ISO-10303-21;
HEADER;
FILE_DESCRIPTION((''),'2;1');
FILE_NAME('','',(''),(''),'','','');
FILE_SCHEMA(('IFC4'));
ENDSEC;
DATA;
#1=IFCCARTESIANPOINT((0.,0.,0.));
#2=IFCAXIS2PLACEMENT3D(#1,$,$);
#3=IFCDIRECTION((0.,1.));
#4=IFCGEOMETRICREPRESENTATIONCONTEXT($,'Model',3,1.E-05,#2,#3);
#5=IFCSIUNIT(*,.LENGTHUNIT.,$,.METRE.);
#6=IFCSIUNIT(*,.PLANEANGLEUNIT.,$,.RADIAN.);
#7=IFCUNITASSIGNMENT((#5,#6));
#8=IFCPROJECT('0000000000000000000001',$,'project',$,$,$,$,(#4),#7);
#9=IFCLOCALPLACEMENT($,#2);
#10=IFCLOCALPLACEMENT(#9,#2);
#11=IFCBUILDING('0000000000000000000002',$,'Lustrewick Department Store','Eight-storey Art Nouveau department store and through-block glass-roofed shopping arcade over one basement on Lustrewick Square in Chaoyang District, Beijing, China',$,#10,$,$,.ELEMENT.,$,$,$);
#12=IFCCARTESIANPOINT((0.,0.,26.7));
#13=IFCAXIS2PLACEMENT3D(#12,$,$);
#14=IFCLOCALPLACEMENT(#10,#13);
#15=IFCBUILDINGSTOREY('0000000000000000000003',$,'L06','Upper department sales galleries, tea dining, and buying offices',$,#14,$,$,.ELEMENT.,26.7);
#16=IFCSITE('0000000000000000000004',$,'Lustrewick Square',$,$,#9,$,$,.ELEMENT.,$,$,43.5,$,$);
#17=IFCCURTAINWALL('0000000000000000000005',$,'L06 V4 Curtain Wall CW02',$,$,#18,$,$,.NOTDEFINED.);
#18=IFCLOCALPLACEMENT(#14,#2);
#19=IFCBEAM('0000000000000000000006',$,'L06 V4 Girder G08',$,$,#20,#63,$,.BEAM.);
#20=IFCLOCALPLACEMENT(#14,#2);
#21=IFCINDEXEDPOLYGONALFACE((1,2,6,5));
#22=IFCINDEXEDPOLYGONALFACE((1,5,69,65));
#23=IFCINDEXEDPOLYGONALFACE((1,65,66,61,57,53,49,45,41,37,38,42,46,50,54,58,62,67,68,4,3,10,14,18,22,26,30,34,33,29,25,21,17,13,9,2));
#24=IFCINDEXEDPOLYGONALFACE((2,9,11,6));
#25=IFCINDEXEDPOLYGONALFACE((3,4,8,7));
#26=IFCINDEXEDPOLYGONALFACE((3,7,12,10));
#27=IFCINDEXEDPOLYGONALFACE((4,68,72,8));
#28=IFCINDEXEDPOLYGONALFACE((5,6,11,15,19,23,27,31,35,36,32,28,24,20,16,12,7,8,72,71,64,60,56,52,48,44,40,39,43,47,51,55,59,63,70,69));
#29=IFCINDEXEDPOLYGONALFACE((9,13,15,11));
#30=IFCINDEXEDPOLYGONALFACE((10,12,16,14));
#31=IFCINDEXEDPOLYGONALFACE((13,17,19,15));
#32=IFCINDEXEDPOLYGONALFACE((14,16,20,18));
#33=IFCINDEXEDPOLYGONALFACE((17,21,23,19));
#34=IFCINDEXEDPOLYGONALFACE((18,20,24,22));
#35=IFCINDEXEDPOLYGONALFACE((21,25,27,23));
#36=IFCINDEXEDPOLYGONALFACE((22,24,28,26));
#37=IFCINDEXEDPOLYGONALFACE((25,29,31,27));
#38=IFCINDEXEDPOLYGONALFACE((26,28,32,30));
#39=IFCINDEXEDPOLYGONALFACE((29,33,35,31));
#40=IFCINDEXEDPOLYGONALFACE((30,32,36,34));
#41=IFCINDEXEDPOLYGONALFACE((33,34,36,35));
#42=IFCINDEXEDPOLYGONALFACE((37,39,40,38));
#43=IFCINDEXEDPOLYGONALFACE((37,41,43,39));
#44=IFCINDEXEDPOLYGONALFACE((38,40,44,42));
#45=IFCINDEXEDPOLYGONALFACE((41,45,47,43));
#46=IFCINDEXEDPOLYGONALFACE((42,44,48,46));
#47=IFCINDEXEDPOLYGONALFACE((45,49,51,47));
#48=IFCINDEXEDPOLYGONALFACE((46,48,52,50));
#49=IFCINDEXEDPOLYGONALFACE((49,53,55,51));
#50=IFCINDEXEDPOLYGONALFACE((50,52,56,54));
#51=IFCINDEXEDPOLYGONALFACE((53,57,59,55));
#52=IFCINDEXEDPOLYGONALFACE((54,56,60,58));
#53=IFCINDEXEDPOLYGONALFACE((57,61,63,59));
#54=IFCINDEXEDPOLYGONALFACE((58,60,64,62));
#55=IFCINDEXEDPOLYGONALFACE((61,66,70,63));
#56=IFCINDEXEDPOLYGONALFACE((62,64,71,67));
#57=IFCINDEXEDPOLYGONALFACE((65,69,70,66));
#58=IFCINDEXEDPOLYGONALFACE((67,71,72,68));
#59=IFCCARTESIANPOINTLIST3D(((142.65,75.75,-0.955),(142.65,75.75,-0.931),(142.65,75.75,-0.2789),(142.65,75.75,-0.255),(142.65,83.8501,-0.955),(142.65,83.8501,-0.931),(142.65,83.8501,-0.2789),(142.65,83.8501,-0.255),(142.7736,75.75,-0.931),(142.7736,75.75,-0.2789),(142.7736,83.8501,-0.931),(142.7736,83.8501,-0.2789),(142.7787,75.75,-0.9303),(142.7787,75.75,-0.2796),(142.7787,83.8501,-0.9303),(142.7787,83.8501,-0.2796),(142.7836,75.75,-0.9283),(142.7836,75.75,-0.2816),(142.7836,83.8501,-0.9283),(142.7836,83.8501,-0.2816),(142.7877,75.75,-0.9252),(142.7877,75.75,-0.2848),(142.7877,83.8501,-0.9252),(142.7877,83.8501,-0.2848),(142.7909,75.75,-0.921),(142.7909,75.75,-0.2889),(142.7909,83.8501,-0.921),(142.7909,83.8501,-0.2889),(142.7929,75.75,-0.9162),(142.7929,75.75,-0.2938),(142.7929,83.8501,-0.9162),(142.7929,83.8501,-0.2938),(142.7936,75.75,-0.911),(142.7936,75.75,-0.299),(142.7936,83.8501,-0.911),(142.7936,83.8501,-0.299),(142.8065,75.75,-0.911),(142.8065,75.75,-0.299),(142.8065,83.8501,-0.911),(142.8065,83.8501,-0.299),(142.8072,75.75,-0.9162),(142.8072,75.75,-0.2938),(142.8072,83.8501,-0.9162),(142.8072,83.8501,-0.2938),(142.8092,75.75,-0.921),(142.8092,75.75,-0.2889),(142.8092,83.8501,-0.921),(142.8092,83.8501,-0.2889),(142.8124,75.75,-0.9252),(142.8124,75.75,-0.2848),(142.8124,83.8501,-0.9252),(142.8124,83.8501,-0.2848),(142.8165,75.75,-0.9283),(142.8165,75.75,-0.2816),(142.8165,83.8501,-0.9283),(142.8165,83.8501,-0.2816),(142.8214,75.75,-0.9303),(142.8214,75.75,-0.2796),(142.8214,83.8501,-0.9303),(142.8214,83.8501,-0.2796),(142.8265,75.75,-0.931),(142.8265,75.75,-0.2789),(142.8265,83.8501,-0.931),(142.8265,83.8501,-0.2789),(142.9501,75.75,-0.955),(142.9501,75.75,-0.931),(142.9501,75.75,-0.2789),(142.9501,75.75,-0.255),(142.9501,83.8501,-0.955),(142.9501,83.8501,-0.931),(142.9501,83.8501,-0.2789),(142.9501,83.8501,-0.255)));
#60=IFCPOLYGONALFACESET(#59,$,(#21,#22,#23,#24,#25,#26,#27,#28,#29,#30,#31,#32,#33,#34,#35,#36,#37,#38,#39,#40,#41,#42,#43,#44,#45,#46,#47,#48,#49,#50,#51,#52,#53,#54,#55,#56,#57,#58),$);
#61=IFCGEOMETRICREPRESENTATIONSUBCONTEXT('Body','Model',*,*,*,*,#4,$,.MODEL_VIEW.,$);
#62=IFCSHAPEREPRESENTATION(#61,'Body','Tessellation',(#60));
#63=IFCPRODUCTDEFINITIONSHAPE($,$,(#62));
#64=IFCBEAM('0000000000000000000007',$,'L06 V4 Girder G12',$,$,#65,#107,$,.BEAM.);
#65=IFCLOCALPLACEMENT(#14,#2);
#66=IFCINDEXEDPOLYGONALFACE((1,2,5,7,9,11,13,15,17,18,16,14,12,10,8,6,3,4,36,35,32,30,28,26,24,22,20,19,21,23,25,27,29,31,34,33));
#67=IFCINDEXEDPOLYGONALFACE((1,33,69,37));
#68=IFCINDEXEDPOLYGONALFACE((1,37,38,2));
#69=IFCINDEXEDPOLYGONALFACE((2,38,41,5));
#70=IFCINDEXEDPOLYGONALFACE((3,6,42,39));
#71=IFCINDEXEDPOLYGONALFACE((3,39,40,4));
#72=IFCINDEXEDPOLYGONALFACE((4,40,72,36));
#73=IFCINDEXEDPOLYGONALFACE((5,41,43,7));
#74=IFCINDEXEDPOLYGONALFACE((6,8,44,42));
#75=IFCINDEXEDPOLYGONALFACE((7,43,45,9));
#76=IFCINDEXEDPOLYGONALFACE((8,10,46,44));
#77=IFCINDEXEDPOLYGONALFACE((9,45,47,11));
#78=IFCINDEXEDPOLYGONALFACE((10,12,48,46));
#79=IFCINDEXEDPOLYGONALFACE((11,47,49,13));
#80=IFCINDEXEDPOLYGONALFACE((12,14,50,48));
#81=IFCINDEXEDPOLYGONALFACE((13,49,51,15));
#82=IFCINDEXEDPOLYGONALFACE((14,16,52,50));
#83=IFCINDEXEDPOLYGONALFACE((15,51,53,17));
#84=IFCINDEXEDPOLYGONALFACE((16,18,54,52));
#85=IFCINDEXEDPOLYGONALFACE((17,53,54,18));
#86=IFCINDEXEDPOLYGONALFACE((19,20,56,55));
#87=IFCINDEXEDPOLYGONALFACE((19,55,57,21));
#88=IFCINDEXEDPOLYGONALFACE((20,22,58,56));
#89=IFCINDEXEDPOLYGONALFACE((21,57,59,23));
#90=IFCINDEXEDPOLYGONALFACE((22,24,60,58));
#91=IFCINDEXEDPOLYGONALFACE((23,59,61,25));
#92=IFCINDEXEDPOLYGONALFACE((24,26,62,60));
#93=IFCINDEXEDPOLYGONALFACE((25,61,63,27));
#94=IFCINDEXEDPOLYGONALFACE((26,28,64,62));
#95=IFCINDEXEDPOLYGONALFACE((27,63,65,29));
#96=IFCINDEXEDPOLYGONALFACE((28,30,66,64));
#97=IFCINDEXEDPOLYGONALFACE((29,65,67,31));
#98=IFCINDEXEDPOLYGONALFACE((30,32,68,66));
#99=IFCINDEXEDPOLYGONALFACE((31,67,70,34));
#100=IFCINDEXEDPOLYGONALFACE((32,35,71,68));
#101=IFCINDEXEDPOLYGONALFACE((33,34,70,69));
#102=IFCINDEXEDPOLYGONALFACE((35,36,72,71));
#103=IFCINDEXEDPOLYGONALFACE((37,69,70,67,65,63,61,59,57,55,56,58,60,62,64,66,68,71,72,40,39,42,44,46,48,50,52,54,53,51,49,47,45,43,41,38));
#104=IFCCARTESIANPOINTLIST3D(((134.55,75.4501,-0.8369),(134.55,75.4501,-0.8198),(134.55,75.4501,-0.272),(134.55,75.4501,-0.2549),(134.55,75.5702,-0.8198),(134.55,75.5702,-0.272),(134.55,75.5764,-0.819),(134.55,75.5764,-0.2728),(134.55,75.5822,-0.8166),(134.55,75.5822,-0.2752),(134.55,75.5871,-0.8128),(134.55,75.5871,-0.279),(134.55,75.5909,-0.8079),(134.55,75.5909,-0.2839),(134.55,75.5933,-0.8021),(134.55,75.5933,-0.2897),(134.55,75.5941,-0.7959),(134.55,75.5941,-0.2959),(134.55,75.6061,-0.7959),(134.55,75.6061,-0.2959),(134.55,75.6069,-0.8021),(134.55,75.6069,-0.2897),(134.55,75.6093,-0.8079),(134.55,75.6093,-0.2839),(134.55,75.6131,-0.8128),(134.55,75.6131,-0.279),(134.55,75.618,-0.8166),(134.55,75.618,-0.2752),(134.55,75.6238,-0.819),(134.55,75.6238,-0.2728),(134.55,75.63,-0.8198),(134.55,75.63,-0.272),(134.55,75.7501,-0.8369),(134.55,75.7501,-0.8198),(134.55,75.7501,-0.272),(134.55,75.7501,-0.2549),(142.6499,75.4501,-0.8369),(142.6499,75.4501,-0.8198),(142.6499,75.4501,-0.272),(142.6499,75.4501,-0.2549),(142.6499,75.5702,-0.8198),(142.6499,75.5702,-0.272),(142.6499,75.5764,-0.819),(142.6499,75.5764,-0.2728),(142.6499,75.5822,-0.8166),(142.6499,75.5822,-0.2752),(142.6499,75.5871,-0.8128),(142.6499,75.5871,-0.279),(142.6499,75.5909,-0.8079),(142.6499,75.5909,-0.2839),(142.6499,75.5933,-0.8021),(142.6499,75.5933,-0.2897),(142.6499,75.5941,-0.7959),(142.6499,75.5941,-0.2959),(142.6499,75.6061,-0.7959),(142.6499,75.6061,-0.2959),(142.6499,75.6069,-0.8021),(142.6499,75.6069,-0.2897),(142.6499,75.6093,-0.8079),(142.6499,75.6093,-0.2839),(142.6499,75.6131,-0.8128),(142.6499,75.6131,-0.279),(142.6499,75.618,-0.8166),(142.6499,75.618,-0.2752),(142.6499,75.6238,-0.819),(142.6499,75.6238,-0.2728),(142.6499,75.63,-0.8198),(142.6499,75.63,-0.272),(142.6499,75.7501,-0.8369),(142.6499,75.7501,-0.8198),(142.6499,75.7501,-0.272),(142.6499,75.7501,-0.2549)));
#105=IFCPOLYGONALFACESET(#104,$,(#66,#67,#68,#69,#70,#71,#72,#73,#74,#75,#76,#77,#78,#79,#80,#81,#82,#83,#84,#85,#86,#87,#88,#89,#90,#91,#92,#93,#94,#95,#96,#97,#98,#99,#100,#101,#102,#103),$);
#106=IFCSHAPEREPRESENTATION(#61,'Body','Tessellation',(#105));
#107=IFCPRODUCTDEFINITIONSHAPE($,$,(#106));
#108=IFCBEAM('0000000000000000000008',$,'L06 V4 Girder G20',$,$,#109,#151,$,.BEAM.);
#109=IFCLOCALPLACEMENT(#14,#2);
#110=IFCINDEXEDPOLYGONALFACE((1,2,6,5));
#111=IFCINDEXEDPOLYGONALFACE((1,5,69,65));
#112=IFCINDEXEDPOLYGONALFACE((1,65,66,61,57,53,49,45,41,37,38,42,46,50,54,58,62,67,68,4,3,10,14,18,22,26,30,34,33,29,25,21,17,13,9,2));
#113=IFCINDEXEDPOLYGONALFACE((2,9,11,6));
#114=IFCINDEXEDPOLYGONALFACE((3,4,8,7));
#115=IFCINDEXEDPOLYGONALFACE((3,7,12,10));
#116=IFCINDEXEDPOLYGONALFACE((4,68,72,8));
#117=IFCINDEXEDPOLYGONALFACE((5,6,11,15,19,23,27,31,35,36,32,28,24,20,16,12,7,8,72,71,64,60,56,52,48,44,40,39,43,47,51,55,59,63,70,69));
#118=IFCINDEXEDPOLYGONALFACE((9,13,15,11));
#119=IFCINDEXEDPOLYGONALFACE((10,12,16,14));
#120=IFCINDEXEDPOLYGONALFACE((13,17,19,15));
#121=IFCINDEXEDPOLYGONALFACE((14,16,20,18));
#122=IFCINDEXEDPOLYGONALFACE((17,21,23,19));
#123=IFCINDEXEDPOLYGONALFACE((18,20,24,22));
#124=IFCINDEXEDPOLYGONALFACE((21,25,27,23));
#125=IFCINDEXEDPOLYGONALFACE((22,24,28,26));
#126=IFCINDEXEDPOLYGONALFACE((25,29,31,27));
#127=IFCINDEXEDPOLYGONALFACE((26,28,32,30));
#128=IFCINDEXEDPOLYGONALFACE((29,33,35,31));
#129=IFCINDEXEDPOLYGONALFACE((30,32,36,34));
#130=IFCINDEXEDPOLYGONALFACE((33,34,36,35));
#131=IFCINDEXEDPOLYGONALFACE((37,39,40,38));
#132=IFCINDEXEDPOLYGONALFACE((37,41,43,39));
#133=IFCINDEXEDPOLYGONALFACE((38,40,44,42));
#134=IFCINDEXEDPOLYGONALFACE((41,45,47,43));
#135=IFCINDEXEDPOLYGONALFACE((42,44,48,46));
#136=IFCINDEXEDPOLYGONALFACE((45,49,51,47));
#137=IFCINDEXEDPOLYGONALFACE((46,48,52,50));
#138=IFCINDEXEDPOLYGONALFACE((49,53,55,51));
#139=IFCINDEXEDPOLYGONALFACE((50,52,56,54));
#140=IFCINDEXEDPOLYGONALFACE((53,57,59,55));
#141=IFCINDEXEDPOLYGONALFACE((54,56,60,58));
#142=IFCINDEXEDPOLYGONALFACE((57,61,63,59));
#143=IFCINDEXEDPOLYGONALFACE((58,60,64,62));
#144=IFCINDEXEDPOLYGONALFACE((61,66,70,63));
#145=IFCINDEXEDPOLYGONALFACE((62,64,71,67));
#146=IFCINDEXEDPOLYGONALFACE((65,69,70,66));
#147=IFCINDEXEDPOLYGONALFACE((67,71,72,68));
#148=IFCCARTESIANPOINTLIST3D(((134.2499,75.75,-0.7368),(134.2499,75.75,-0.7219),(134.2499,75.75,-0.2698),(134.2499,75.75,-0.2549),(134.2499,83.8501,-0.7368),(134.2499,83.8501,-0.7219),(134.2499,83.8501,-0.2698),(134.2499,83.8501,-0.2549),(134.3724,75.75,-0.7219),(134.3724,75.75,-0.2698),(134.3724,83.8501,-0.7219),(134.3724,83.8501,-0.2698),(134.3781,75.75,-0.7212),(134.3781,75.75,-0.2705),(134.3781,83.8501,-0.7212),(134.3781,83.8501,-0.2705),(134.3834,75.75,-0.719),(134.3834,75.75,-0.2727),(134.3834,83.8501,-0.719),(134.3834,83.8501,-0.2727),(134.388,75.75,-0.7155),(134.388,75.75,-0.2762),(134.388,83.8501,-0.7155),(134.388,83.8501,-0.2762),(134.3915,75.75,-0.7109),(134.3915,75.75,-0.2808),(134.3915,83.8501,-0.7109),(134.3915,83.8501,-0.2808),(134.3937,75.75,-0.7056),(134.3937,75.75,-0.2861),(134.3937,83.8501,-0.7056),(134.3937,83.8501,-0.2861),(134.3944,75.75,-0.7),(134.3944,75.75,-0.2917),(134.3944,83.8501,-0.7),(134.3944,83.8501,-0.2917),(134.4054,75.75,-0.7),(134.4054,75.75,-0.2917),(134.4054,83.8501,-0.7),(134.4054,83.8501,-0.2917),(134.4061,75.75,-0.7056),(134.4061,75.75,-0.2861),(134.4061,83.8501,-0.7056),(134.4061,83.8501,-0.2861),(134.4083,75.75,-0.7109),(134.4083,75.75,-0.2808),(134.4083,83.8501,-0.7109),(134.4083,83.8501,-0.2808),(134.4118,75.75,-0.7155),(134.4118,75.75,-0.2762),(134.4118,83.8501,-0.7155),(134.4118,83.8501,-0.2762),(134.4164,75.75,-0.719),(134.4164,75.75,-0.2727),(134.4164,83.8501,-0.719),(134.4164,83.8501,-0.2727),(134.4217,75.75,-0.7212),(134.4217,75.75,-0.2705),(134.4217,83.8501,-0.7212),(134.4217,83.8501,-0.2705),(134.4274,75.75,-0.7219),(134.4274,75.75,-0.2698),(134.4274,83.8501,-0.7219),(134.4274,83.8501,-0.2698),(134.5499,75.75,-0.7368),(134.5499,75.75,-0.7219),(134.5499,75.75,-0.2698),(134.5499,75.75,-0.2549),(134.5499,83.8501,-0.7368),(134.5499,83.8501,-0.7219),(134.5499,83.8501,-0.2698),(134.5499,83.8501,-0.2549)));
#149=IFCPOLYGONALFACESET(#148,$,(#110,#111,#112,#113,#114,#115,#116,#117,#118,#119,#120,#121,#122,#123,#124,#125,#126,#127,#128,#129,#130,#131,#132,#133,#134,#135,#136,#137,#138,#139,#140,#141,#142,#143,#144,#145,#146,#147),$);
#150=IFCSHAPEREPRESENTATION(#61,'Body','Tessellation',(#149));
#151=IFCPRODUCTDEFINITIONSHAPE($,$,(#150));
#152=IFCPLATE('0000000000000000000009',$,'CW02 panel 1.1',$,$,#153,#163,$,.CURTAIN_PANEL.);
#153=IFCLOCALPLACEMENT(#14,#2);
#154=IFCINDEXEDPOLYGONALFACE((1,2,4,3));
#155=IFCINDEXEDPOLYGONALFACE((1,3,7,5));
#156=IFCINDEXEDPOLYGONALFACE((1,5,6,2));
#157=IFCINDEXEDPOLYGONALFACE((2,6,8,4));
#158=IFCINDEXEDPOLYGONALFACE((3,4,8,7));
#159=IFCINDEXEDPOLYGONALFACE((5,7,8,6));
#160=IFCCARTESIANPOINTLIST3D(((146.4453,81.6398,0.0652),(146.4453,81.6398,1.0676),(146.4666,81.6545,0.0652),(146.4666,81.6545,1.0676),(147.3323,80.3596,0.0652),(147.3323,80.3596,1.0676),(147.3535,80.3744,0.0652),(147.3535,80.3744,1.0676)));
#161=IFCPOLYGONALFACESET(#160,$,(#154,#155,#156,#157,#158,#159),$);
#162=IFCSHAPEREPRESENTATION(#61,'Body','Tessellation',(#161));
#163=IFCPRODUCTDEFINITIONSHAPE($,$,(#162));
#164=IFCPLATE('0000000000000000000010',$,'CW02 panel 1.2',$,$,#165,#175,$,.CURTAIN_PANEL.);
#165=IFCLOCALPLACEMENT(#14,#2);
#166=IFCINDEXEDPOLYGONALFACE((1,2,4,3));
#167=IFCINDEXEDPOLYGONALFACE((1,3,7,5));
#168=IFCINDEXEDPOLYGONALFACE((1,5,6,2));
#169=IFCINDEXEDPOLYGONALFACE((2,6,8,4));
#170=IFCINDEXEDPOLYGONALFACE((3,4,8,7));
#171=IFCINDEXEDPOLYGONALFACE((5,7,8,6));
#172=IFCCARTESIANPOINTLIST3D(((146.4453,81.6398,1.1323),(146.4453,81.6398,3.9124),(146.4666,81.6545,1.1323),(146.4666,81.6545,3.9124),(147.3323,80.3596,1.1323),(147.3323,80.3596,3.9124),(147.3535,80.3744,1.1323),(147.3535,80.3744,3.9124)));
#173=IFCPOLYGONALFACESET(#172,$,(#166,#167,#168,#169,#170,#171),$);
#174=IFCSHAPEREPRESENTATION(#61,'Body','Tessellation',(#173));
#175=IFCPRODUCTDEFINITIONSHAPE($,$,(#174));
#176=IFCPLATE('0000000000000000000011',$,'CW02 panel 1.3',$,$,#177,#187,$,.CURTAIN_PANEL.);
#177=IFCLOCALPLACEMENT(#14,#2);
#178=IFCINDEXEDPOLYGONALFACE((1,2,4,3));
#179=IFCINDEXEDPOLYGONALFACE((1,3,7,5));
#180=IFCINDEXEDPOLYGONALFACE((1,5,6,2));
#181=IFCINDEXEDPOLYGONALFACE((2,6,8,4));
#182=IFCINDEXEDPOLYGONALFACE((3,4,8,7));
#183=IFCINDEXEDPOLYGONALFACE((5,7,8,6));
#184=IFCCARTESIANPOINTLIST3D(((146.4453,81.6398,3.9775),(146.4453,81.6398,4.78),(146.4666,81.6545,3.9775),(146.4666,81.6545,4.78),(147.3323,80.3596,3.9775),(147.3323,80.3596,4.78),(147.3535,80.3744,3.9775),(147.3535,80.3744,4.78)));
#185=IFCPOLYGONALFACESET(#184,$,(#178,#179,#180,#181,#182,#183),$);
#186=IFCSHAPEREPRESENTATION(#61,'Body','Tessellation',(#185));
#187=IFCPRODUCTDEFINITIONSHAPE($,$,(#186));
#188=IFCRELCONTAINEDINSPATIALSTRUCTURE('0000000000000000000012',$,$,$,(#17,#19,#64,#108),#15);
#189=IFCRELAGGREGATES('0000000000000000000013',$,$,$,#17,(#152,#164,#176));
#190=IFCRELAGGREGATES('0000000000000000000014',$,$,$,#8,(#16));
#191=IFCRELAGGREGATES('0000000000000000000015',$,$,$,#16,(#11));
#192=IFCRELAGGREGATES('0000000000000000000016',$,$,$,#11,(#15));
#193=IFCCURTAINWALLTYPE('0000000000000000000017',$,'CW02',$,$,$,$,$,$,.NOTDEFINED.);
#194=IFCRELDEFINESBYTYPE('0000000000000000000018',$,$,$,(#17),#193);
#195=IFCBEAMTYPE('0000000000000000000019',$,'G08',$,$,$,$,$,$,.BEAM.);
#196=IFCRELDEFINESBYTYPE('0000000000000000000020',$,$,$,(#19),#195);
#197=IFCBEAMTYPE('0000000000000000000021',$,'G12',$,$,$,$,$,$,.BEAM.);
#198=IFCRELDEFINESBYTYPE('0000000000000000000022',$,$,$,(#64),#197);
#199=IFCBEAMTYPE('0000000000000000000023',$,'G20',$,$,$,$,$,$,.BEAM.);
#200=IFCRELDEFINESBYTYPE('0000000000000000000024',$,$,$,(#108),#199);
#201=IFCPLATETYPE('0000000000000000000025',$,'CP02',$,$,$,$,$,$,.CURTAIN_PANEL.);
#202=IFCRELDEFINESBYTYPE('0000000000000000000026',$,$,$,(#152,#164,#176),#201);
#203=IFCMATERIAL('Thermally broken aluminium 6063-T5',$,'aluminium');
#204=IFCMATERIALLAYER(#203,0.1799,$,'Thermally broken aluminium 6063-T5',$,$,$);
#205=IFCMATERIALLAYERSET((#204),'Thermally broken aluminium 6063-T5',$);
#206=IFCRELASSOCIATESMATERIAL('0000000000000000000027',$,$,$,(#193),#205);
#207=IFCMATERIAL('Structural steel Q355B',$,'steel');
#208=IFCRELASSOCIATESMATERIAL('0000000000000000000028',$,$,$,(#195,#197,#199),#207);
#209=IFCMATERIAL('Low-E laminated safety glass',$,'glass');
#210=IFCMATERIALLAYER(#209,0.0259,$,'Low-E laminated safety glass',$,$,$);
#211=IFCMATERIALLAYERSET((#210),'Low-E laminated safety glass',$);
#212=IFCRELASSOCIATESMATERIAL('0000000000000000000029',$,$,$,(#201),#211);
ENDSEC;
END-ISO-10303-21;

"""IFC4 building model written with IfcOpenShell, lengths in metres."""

from ifc_helpers import new_model, si_unit, direction, frame, origin, origin_2d, place, context, subcontext, project, spatial, rectangle, i_section, extrude, material, layer, layer_set, material_profile, profile_set, type_object, element, aggregate, save


model = new_model("IFC4")

# Units and contexts
model_context = context("Model", 3, precision=1e-05, world=origin(), true_north=direction((0.0, 1.0)))
body_context = subcontext(model_context, "Body", "Model", "MODEL_VIEW")
ifc_project = project(units=[si_unit("LENGTHUNIT", "METRE"), si_unit("PLANEANGLEUNIT", "RADIAN")], contexts=[model_context])

# Site, building, storey
site_placement = place(None, origin())
site = spatial("IfcSite", under=ifc_project, at=site_placement, Name="Lustrewick Square", CompositionType="ELEMENT", RefElevation=43.5)
building_placement = place(site_placement, origin())
building = spatial("IfcBuilding", under=site, at=building_placement, Name="Lustrewick Department Store", Description="Eight-storey Art Nouveau department store and through-block glass-roofed shopping arcade over one basement on Lustrewick Square in Chaoyang District, Beijing, China", CompositionType="ELEMENT")
storey_placement = place(building_placement, frame((0.0, 0.0, 26.7)))
storey = spatial("IfcBuildingStorey", under=building, at=storey_placement, Name="L06", Description="Upper department sales galleries, tea dining, and buying offices", CompositionType="ELEMENT", Elevation=26.7)

# Shared definitions
ifc_material_1 = material(Name="Structural steel Q355B", Category="steel")

# Curtain wall
ifc_material_2 = material(Name="Thermally broken aluminium 6063-T5", Category="aluminium")
ifc_layer_1 = layer(ifc_material_2, 0.1799, Name="Thermally broken aluminium 6063-T5")
ifc_layer_set_1 = layer_set([ifc_layer_1], Name="Thermally broken aluminium 6063-T5")
curtain_wall_type = type_object("IfcCurtainWallType", Name="CW02", PredefinedType="NOTDEFINED", material=ifc_layer_set_1)
curtain_wall_placement = place(storey_placement, origin())
curtain_wall = element("IfcCurtainWall", 1, at=curtain_wall_placement, inside=storey, type_object=curtain_wall_type, Name="L06 V4 Curtain Wall CW02", PredefinedType="NOTDEFINED")

# Beams
ifc_material_profile_1 = material_profile(ifc_material_1, i_section(OverallWidth=0.3, OverallDepth=0.7, WebThickness=0.0129, FlangeThickness=0.0239, FilletRadius=0.02, at=origin_2d()), Name="HN 700x300x13x24")
ifc_profile_set_1 = profile_set([ifc_material_profile_1], Name="Structural steel Q355B")
beam_type_1 = type_object("IfcBeamType", Name="G08", PredefinedType="BEAM", material=ifc_profile_set_1)
beam_1_placement = place(storey_placement, frame((142.8, 75.75, -0.605), z_axis=(0.0, 1.0, 0.0), x_axis=(-1.0, 0.0, 0.0)))
element("IfcBeam", 2, at=beam_1_placement, inside=storey, type_object=beam_type_1, Name="L06 V4 Girder G08", PredefinedType="BEAM", context=body_context, shape_type="SweptSolid", body=[
    extrude(i_section(OverallWidth=0.3, OverallDepth=0.7, WebThickness=0.0129, FlangeThickness=0.0239, FilletRadius=0.02, at=origin_2d()), origin(), (0.0, 0.0, 1.0), 8.1001),
])
ifc_material_profile_2 = material_profile(ifc_material_1, i_section(OverallWidth=0.3, OverallDepth=0.582, WebThickness=0.012, FlangeThickness=0.0171, FilletRadius=0.0239, at=origin_2d()), Name="HM 582x300x12x17")
ifc_profile_set_2 = profile_set([ifc_material_profile_2], Name="Structural steel Q355B")
beam_type_2 = type_object("IfcBeamType", Name="G12", PredefinedType="BEAM", material=ifc_profile_set_2)
beam_2_placement = place(storey_placement, frame((134.55, 75.6001, -0.5459), z_axis=(1.0, 0.0, 0.0), x_axis=(0.0, 1.0, 0.0)))
element("IfcBeam", 3, at=beam_2_placement, inside=storey, type_object=beam_type_2, Name="L06 V4 Girder G12", PredefinedType="BEAM", context=body_context, shape_type="SweptSolid", body=[
    extrude(i_section(OverallWidth=0.3, OverallDepth=0.582, WebThickness=0.012, FlangeThickness=0.0171, FilletRadius=0.0239, at=origin_2d()), origin(), (0.0, 0.0, 1.0), 8.0999),
])
ifc_material_profile_3 = material_profile(ifc_material_1, i_section(OverallWidth=0.3, OverallDepth=0.4819, WebThickness=0.011, FlangeThickness=0.0149, FilletRadius=0.022, at=origin_2d()), Name="HM 482x300x11x15")
ifc_profile_set_3 = profile_set([ifc_material_profile_3], Name="Structural steel Q355B")
beam_type_3 = type_object("IfcBeamType", Name="G20", PredefinedType="BEAM", material=ifc_profile_set_3)
beam_3_placement = place(storey_placement, frame((134.3999, 75.75, -0.4958), z_axis=(0.0, 1.0, 0.0), x_axis=(-1.0, 0.0, 0.0)))
element("IfcBeam", 4, at=beam_3_placement, inside=storey, type_object=beam_type_3, Name="L06 V4 Girder G20", PredefinedType="BEAM", context=body_context, shape_type="SweptSolid", body=[
    extrude(i_section(OverallWidth=0.3, OverallDepth=0.4819, WebThickness=0.011, FlangeThickness=0.0149, FilletRadius=0.022, at=origin_2d()), origin(), (0.0, 0.0, 1.0), 8.1001),
])

# Plates
ifc_material_3 = material(Name="Low-E laminated safety glass", Category="glass")
ifc_layer_2 = layer(ifc_material_3, 0.0259, Name="Low-E laminated safety glass")
ifc_layer_set_2 = layer_set([ifc_layer_2], Name="Low-E laminated safety glass")
plate_type = type_object("IfcPlateType", Name="CP02", PredefinedType="CURTAIN_PANEL", material=ifc_layer_set_2)
plate_1_placement = place(storey_placement, frame((146.8994, 81.0071, 0.0652), z_axis=(0.0, 0.0, 1.0), x_axis=(-0.569518, 0.821979, 0.0)))
plate_1 = element("IfcPlate", 5, at=plate_1_placement, type_object=plate_type, Name="CW02 panel 1.1", PredefinedType="CURTAIN_PANEL", context=body_context, shape_type="SweptSolid", body=[
    extrude(rectangle(XDim=1.5574, YDim=0.0259, at=origin_2d()), origin(), (0.0, 0.0, 1.0), 1.0024),
])
plate_2_placement = place(storey_placement, frame((146.8994, 81.0071, 1.1323), z_axis=(0.0, 0.0, 1.0), x_axis=(-0.569518, 0.821979, 0.0)))
plate_2 = element("IfcPlate", 6, at=plate_2_placement, type_object=plate_type, Name="CW02 panel 1.2", PredefinedType="CURTAIN_PANEL", context=body_context, shape_type="SweptSolid", body=[
    extrude(rectangle(XDim=1.5574, YDim=0.0259, at=origin_2d()), origin(), (0.0, 0.0, 1.0), 2.78),
])
plate_3_placement = place(storey_placement, frame((146.8994, 81.0071, 3.9775), z_axis=(0.0, 0.0, 1.0), x_axis=(-0.569518, 0.821979, 0.0)))
plate_3 = element("IfcPlate", 7, at=plate_3_placement, type_object=plate_type, Name="CW02 panel 1.3", PredefinedType="CURTAIN_PANEL", context=body_context, shape_type="SweptSolid", body=[
    extrude(rectangle(XDim=1.5574, YDim=0.0259, at=origin_2d()), origin(), (0.0, 0.0, 1.0), 0.8025),
])
aggregate(curtain_wall, [plate_1, plate_2, plate_3])

save(model, "model.ifc")
